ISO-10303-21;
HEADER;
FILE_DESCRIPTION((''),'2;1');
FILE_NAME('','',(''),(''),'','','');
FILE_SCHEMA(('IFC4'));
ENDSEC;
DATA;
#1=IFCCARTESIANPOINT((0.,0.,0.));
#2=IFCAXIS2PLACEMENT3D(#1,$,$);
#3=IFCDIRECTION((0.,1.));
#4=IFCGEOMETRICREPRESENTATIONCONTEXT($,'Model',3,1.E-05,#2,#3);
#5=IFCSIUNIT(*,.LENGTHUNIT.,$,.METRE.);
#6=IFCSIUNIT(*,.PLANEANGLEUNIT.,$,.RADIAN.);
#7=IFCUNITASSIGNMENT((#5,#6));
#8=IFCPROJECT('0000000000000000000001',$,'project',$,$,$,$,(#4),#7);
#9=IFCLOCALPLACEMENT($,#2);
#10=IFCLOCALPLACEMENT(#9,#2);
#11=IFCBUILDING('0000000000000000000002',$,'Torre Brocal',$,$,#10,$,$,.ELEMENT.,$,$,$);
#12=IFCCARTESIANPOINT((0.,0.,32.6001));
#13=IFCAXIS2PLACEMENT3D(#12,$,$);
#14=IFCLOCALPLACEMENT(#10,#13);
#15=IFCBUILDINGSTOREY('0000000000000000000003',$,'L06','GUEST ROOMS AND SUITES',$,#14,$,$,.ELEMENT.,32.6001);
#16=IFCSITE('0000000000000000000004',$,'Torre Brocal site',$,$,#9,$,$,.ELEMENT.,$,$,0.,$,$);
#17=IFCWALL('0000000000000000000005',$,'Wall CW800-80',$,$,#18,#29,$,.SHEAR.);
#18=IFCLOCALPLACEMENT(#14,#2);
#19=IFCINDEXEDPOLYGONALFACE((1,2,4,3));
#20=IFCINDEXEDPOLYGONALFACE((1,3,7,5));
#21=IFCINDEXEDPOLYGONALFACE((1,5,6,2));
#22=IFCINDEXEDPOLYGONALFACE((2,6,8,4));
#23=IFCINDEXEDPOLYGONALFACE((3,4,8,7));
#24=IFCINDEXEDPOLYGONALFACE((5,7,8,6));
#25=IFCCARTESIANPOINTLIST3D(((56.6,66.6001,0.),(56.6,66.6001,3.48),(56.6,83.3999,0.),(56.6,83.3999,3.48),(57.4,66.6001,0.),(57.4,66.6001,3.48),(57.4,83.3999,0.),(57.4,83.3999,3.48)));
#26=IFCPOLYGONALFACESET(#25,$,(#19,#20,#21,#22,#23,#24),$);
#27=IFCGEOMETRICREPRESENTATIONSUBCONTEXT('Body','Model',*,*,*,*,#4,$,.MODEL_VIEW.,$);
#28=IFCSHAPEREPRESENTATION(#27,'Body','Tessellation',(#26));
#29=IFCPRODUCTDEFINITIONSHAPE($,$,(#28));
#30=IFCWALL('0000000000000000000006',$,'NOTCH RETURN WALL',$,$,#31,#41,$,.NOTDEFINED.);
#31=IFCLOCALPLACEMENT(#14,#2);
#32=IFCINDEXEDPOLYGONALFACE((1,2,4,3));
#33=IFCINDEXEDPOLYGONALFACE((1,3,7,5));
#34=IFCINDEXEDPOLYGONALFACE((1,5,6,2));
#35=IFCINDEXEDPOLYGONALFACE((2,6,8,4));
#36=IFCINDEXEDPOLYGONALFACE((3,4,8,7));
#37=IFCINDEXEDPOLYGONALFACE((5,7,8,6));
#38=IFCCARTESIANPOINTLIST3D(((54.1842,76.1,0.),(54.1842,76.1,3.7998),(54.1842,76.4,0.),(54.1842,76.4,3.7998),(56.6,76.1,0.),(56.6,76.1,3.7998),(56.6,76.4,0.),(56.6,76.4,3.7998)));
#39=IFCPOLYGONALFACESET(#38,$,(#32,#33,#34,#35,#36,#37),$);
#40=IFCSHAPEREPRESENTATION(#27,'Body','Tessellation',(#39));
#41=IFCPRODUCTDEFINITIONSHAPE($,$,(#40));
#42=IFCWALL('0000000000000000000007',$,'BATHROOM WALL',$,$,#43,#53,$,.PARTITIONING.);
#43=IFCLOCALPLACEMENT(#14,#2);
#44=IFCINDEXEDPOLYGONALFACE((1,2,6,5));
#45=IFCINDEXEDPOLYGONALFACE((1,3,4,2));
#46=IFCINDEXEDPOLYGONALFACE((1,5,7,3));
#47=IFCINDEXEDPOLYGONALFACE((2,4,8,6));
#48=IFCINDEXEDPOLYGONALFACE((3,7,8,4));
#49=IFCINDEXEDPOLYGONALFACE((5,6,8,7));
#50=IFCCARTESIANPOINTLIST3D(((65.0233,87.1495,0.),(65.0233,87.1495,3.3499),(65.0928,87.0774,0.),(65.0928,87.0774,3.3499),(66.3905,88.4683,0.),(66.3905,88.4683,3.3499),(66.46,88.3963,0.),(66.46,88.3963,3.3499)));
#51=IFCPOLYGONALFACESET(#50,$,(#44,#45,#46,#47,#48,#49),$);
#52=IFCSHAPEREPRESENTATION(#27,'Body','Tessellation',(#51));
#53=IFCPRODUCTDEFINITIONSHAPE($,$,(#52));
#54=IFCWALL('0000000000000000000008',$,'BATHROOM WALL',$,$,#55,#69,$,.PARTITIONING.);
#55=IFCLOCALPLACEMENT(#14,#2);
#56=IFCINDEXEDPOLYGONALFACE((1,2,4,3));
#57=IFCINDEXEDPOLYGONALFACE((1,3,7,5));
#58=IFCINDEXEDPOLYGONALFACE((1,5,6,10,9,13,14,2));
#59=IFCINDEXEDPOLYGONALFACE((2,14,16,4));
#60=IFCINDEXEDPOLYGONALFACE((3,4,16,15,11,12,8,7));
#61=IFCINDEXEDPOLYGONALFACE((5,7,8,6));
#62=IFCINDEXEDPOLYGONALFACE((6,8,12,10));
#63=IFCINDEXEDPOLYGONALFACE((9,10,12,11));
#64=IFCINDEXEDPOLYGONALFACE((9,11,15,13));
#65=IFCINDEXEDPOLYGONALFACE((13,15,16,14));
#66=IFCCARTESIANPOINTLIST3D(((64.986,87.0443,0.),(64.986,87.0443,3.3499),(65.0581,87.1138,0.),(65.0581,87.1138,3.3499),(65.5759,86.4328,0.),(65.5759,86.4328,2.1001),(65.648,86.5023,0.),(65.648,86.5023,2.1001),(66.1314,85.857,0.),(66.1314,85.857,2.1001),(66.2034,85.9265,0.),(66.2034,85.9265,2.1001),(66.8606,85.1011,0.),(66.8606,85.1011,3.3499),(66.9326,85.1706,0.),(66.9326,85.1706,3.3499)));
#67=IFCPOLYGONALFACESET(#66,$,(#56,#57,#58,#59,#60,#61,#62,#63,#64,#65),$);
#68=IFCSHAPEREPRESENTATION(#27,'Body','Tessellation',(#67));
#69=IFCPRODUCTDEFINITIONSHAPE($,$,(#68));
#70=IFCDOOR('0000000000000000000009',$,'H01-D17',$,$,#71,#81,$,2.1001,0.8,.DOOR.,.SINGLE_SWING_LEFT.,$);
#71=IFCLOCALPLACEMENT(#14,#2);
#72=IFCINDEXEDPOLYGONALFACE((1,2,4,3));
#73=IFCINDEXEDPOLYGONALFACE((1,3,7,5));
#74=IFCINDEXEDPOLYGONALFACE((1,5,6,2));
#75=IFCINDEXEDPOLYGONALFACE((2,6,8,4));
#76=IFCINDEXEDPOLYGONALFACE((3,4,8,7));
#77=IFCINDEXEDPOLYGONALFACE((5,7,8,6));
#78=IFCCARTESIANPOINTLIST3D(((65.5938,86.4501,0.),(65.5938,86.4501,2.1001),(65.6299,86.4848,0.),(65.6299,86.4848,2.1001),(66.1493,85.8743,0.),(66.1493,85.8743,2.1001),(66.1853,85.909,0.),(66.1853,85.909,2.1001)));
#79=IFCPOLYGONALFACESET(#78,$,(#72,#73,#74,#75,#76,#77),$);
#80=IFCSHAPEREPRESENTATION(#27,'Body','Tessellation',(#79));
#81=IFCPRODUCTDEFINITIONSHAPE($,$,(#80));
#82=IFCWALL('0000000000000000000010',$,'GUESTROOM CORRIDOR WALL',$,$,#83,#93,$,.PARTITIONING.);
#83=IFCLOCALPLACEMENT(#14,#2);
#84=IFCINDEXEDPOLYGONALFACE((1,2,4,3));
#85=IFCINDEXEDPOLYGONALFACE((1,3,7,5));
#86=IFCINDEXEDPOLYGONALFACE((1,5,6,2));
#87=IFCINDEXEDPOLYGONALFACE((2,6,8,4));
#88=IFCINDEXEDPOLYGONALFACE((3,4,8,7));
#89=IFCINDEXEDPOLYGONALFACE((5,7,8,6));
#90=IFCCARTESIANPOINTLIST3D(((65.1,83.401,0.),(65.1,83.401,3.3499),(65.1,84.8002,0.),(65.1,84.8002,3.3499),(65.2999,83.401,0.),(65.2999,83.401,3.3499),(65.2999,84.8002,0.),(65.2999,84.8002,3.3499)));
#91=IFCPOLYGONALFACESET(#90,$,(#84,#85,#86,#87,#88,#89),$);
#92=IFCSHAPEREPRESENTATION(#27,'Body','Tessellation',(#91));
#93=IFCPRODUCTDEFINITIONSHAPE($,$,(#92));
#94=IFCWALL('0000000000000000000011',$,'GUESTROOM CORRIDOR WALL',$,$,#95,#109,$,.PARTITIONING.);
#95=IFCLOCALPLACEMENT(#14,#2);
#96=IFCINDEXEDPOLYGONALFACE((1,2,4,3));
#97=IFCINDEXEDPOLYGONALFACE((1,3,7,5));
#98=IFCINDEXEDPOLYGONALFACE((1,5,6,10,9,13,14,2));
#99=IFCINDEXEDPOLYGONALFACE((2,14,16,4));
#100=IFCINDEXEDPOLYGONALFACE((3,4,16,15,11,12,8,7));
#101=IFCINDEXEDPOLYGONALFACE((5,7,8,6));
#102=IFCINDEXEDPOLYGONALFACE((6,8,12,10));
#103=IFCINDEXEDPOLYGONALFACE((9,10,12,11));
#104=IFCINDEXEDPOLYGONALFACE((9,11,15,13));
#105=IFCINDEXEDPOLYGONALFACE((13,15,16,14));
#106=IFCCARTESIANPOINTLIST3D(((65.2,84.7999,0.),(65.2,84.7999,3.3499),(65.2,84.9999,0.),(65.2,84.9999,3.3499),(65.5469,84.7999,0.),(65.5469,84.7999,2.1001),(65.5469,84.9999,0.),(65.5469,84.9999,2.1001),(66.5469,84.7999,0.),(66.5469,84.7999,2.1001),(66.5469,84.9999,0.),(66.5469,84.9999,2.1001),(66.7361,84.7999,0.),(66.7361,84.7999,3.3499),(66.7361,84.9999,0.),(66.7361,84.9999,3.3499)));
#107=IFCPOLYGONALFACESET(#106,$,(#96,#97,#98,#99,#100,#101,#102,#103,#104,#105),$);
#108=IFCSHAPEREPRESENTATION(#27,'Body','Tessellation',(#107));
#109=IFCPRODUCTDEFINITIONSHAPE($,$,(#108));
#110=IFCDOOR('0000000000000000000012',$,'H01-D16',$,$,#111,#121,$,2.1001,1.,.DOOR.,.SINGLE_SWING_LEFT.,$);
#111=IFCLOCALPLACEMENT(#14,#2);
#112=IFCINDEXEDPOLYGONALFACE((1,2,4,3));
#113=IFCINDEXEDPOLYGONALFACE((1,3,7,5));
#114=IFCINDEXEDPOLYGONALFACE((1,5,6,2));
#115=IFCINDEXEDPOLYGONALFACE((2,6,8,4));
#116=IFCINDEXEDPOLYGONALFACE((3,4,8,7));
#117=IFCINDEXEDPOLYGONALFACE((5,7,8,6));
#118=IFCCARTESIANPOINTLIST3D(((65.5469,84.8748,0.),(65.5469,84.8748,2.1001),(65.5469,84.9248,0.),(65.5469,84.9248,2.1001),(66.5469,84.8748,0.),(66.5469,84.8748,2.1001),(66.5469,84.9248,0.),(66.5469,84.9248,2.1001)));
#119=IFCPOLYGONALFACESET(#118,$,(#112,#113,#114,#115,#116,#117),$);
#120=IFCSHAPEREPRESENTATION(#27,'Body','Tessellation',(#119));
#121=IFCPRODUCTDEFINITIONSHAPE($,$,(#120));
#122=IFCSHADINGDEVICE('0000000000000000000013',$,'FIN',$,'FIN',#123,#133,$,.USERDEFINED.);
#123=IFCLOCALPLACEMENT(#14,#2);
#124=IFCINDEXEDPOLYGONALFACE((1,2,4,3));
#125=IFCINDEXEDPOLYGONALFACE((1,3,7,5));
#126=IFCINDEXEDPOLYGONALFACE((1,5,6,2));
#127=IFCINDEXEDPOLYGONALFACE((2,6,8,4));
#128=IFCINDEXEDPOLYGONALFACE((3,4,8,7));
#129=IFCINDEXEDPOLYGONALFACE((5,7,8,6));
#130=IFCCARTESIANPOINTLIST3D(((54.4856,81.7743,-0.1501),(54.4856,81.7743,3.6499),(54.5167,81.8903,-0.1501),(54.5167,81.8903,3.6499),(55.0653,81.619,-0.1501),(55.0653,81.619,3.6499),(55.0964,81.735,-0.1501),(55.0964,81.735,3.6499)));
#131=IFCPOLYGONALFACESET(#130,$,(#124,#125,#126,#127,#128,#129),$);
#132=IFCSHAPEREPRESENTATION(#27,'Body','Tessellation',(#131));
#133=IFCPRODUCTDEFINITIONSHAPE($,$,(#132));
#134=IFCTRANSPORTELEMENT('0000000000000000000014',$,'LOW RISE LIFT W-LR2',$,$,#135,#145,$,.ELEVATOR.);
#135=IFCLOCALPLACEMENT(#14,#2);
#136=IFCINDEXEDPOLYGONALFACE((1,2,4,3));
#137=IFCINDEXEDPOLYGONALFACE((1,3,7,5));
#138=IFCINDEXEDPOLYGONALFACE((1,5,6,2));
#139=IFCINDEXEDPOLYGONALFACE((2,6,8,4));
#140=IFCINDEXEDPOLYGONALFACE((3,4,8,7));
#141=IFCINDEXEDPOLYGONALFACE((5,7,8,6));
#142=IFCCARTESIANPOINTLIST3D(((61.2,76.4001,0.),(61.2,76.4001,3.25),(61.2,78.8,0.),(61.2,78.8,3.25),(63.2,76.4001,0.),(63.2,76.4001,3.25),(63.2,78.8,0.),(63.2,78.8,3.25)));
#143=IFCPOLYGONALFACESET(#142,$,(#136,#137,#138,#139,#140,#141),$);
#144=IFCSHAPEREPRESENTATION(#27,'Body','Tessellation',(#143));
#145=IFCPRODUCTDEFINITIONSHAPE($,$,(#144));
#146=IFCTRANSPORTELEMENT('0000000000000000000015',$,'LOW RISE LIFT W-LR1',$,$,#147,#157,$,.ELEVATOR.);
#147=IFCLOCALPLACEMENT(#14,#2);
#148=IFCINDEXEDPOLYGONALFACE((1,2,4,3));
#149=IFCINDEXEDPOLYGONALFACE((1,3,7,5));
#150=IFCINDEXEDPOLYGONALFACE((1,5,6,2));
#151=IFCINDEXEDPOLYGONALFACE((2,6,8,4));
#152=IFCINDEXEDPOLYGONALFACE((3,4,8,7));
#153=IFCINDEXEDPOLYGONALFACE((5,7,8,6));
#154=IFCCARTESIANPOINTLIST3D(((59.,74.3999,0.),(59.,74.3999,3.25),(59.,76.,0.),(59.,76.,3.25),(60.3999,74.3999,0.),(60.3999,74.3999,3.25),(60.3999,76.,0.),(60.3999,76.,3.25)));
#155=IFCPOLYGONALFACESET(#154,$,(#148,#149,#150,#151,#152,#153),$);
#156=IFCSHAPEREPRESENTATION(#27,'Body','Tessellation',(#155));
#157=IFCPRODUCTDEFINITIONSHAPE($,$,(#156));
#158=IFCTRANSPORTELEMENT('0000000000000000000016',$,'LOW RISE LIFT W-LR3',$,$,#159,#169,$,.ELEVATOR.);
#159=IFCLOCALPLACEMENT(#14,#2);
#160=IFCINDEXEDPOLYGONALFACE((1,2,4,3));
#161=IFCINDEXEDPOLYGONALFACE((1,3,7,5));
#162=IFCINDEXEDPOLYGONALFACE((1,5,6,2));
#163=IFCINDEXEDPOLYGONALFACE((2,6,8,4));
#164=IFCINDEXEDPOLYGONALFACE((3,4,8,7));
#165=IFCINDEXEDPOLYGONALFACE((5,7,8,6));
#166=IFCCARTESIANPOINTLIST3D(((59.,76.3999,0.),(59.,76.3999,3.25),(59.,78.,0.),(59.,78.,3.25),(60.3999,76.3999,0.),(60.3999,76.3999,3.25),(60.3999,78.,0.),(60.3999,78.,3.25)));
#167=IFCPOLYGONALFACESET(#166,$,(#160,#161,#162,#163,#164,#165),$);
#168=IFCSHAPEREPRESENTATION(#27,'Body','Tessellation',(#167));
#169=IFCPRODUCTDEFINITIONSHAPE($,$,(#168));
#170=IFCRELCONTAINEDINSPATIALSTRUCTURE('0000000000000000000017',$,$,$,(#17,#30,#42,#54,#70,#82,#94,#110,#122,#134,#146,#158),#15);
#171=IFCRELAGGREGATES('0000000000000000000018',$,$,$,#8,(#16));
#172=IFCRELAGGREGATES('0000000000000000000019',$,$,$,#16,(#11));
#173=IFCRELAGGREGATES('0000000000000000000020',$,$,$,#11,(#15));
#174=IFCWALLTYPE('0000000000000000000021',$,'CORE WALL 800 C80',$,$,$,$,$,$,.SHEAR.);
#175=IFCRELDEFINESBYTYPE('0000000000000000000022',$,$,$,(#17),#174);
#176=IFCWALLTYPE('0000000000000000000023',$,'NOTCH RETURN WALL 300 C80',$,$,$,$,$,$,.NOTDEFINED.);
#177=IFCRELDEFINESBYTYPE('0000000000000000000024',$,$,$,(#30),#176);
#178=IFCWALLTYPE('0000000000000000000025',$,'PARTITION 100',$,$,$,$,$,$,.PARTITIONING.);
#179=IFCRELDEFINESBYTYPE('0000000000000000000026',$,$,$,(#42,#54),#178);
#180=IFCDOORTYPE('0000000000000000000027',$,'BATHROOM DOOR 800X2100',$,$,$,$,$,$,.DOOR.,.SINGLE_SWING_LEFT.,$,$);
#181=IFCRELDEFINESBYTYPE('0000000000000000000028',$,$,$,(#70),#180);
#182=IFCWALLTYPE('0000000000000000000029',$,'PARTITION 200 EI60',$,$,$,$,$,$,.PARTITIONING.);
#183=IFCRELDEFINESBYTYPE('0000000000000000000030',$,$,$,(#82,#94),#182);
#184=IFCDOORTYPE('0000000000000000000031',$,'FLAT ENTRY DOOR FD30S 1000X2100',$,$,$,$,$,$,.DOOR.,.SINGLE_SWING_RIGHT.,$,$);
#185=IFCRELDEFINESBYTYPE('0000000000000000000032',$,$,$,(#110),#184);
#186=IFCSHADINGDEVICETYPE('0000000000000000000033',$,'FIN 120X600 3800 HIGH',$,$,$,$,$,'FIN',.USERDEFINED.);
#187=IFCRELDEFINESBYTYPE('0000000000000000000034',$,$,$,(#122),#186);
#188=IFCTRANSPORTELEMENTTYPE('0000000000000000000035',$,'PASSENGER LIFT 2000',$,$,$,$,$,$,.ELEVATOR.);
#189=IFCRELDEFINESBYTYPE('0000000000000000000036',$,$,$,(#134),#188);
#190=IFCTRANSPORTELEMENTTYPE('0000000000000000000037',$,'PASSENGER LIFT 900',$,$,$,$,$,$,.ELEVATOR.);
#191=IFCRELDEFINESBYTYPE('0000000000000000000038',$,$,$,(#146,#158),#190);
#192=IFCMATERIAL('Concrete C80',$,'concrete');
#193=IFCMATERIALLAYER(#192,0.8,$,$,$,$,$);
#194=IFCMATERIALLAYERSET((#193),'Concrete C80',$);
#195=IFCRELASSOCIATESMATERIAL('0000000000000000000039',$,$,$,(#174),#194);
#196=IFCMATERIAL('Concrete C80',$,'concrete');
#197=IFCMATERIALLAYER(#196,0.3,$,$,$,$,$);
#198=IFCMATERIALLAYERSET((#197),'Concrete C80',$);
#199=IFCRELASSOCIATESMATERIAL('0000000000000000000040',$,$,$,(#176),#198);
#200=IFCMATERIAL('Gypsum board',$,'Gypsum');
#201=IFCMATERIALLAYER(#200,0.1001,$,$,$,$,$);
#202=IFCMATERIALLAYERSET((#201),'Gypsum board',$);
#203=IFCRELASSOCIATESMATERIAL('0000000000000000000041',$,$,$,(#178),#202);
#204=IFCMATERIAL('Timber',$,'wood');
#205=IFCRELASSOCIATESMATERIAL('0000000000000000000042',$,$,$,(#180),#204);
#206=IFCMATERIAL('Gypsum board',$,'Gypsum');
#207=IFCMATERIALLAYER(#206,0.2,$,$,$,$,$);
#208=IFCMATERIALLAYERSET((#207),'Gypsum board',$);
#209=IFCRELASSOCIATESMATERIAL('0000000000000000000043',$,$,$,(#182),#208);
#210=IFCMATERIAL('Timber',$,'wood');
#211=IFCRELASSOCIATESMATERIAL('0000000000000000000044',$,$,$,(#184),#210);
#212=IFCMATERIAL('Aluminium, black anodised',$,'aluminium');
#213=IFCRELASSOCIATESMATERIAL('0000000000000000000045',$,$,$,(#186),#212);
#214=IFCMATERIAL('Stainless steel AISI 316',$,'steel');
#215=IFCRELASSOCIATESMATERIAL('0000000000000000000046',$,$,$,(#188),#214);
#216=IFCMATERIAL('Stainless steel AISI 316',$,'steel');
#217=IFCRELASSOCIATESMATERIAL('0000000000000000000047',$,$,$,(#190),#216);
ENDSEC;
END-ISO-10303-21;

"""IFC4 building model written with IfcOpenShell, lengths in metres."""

from ifc_helpers import new_model, si_unit, direction, frame, frame_2d, origin, origin_2d, place, context, subcontext, project, spatial, rectangle, extrude, material, layer, layer_set, material_profile, profile_set, type_object, element, fill, save


model = new_model("IFC4")

# Units and contexts
model_context = context("Model", 3, precision=1e-05, world=origin(), true_north=direction((0.0, 1.0)))
body_context = subcontext(model_context, "Body", "Model", "MODEL_VIEW")
ifc_project = project(units=[si_unit("LENGTHUNIT", "METRE"), si_unit("PLANEANGLEUNIT", "RADIAN")], contexts=[model_context])

# Site, building, storey
site_placement = place(None, origin())
site = spatial("IfcSite", under=ifc_project, at=site_placement, Name="Torre Brocal site", CompositionType="ELEMENT", RefElevation=0.0)
building_placement = place(site_placement, origin())
building = spatial("IfcBuilding", under=site, at=building_placement, Name="Torre Brocal", CompositionType="ELEMENT")
storey_placement = place(building_placement, frame((0.0, 0.0, 32.6001)))
storey = spatial("IfcBuildingStorey", under=building, at=storey_placement, Name="L06", Description="GUEST ROOMS AND SUITES", CompositionType="ELEMENT", Elevation=32.6001)

# Walls
ifc_material_1 = material(Name="Concrete C80", Category="concrete")
ifc_layer_1 = layer(ifc_material_1, 0.8)
ifc_layer_set_1 = layer_set([ifc_layer_1], Name="Concrete C80")
wall_type_1 = type_object("IfcWallType", Name="CORE WALL 800 C80", PredefinedType="SHEAR", material=ifc_layer_set_1)
wall_1_placement = place(storey_placement, frame((57.0, 83.3999, 0.0), z_axis=(0.0, 0.0, 1.0), x_axis=(0.0, -1.0, 0.0)))
element("IfcWall", 1, at=wall_1_placement, inside=storey, type_object=wall_type_1, Name="Wall CW800-80", PredefinedType="SHEAR", context=body_context, shape_type="SweptSolid", body=[
    extrude(rectangle(XDim=16.7998, YDim=0.8, at=frame_2d((8.3999, 0.0))), origin(), (0.0, 0.0, 1.0), 3.48),
])
ifc_material_2 = material(Name="Concrete C80", Category="concrete")
ifc_layer_2 = layer(ifc_material_2, 0.3)
ifc_layer_set_2 = layer_set([ifc_layer_2], Name="Concrete C80")
wall_type_2 = type_object("IfcWallType", Name="NOTCH RETURN WALL 300 C80", PredefinedType="NOTDEFINED", material=ifc_layer_set_2)
wall_2_placement = place(storey_placement, frame((56.6001, 76.25, 0.0), z_axis=(0.0, 0.0, 1.0), x_axis=(-1.0, 0.0, 0.0)))
element("IfcWall", 2, at=wall_2_placement, inside=storey, type_object=wall_type_2, Name="NOTCH RETURN WALL", PredefinedType="NOTDEFINED", context=body_context, shape_type="SweptSolid", body=[
    extrude(rectangle(XDim=2.4158, YDim=0.3, at=frame_2d((1.208, 0.0))), origin(), (0.0, 0.0, 1.0), 3.7998),
])
ifc_material_3 = material(Name="Gypsum board", Category="Gypsum")
ifc_layer_3 = layer(ifc_material_3, 0.1001)
ifc_layer_set_3 = layer_set([ifc_layer_3], Name="Gypsum board")
wall_type_3 = type_object("IfcWallType", Name="PARTITION 100", PredefinedType="PARTITIONING", material=ifc_layer_set_3)
wall_3_placement = place(storey_placement, frame((65.0581, 87.1135, 0.0), z_axis=(0.0, 0.0, 1.0), x_axis=(0.719716, 0.694269, 0.0)))
element("IfcWall", 3, at=wall_3_placement, inside=storey, type_object=wall_type_3, Name="BATHROOM WALL", PredefinedType="PARTITIONING", context=body_context, shape_type="SweptSolid", body=[
    extrude(rectangle(XDim=1.8997, YDim=0.1001, at=frame_2d((0.9497, 0.0))), origin(), (0.0, 0.0, 1.0), 3.3499),
])

# Wall, opening, door
wall_4_placement = place(storey_placement, frame((65.022, 87.0791, 0.0), z_axis=(0.0, 0.0, 1.0), x_axis=(0.694288, -0.719697, 0.0)))
wall_4 = element("IfcWall", 4, at=wall_4_placement, inside=storey, type_object=wall_type_3, Name="BATHROOM WALL", PredefinedType="PARTITIONING", context=body_context, shape_type="SweptSolid", body=[
    extrude(rectangle(XDim=2.7, YDim=0.1001, at=frame_2d((1.3501, 0.0))), origin(), (0.0, 0.0, 1.0), 3.3499),
])
opening_1_placement = place(wall_4_placement, frame((0.8499, 0.0, 0.0)))
opening_1 = element("IfcOpeningElement", 5, at=opening_1_placement, cuts=wall_4, PredefinedType="OPENING", context=body_context, shape_type="SweptSolid", body=[
    extrude(rectangle(XDim=0.8, YDim=2.1001, at=frame_2d((0.3999, 1.05))), frame((0.0, 0.0601, 0.0), z_axis=(0.0, -1.0, 0.0), x_axis=(1.0, 0.0, 0.0)), (0.0, 0.0, 1.0), 0.1201),
])
ifc_material_4 = material(Name="Timber", Category="wood")
door_type_1 = type_object("IfcDoorType", Name="BATHROOM DOOR 800X2100", OperationType="SINGLE_SWING_LEFT", PredefinedType="DOOR", material=ifc_material_4)
door_1_placement = place(opening_1_placement, origin())
door_1 = element("IfcDoor", 6, at=door_1_placement, inside=storey, type_object=door_type_1, Name="H01-D17", OperationType="SINGLE_SWING_LEFT", OverallHeight=2.1001, OverallWidth=0.8, PredefinedType="DOOR", context=body_context, shape_type="SweptSolid", body=[
    extrude(rectangle(XDim=0.8, YDim=2.1001, at=frame_2d((0.3999, 1.05))), frame((0.0, 0.0249, 0.0), z_axis=(0.0, -1.0, 0.0), x_axis=(1.0, 0.0, 0.0)), (0.0, 0.0, 1.0), 0.05),
])
fill(opening_1, door_1)

# Wall
ifc_material_5 = material(Name="Gypsum board", Category="Gypsum")
ifc_layer_4 = layer(ifc_material_5, 0.2)
ifc_layer_set_4 = layer_set([ifc_layer_4], Name="Gypsum board")
wall_type_4 = type_object("IfcWallType", Name="PARTITION 200 EI60", PredefinedType="PARTITIONING", material=ifc_layer_set_4)
wall_5_placement = place(storey_placement, frame((65.2, 83.4009, 0.0), z_axis=(0.0, 0.0, 1.0), x_axis=(0.0, 1.0, 0.0)))
element("IfcWall", 7, at=wall_5_placement, inside=storey, type_object=wall_type_4, Name="GUESTROOM CORRIDOR WALL", PredefinedType="PARTITIONING", context=body_context, shape_type="SweptSolid", body=[
    extrude(rectangle(XDim=1.3992, YDim=0.2, at=frame_2d((0.6997, 0.0))), origin(), (0.0, 0.0, 1.0), 3.3499),
])

# Wall, opening, door
wall_6_placement = place(storey_placement, frame((65.2, 84.8999, 0.0), z_axis=(0.0, 0.0, 1.0), x_axis=(1.0, 0.0, 0.0)))
wall_6 = element("IfcWall", 8, at=wall_6_placement, inside=storey, type_object=wall_type_4, Name="GUESTROOM CORRIDOR WALL", PredefinedType="PARTITIONING", context=body_context, shape_type="SweptSolid", body=[
    extrude(rectangle(XDim=1.5361, YDim=0.2, at=frame_2d((0.7681, 0.0))), origin(), (0.0, 0.0, 1.0), 3.3499),
])
opening_2_placement = place(wall_6_placement, frame((0.3469, 0.0, 0.0)))
opening_2 = element("IfcOpeningElement", 9, at=opening_2_placement, cuts=wall_6, PredefinedType="OPENING", context=body_context, shape_type="SweptSolid", body=[
    extrude(rectangle(XDim=1.0, YDim=2.1001, at=frame_2d((0.5, 1.05))), frame((0.0, 0.1099, 0.0), z_axis=(0.0, -1.0, 0.0), x_axis=(1.0, 0.0, 0.0)), (0.0, 0.0, 1.0), 0.22),
])
ifc_material_6 = material(Name="Timber", Category="wood")
door_type_2 = type_object("IfcDoorType", Name="FLAT ENTRY DOOR FD30S 1000X2100", OperationType="SINGLE_SWING_RIGHT", PredefinedType="DOOR", material=ifc_material_6)
door_2_placement = place(opening_2_placement, origin())
door_2 = element("IfcDoor", 10, at=door_2_placement, inside=storey, type_object=door_type_2, Name="H01-D16", OperationType="SINGLE_SWING_LEFT", OverallHeight=2.1001, OverallWidth=1.0, PredefinedType="DOOR", context=body_context, shape_type="SweptSolid", body=[
    extrude(rectangle(XDim=1.0, YDim=2.1001, at=frame_2d((0.5, 1.05))), frame((0.0, 0.0249, 0.0), z_axis=(0.0, -1.0, 0.0), x_axis=(1.0, 0.0, 0.0)), (0.0, 0.0, 1.0), 0.05),
])
fill(opening_2, door_2)

# Shading device
ifc_material_7 = material(Name="Aluminium, black anodised", Category="aluminium")
ifc_material_profile_1 = material_profile(ifc_material_7, rectangle(XDim=0.1201, YDim=0.6001, at=origin_2d()), Name="FIN 120X600 3800 HIGH")
ifc_profile_set_1 = profile_set([ifc_material_profile_1], Name="Aluminium, black anodised")
shading_device_type = type_object("IfcShadingDeviceType", Name="FIN 120X600 3800 HIGH", ElementType="FIN", PredefinedType="USERDEFINED", material=ifc_profile_set_1)
shading_device_placement = place(storey_placement, frame((54.791, 81.7546, -0.1501), z_axis=(0.0, 0.0, 1.0), x_axis=(-0.258819, -0.965926, 0.0)))
element("IfcShadingDevice", 11, at=shading_device_placement, inside=storey, type_object=shading_device_type, Name="FIN", ObjectType="FIN", PredefinedType="USERDEFINED", context=body_context, shape_type="SweptSolid", body=[
    extrude(rectangle(XDim=0.1201, YDim=0.6001, at=origin_2d()), origin(), (0.0, 0.0, 1.0), 3.8),
])

# Transport elements
ifc_material_8 = material(Name="Stainless steel AISI 316", Category="steel")
transport_element_type_1 = type_object("IfcTransportElementType", Name="PASSENGER LIFT 2000", PredefinedType="ELEVATOR", material=ifc_material_8)
transport_element_placement = place(storey_placement, frame((62.2, 77.6001, 0.0), z_axis=(0.0, 0.0, 1.0), x_axis=(1.0, 0.0, 0.0)))
element("IfcTransportElement", 12, at=transport_element_placement, inside=storey, type_object=transport_element_type_1, Name="LOW RISE LIFT W-LR2", PredefinedType="ELEVATOR", context=body_context, shape_type="SweptSolid", body=[
    extrude(rectangle(XDim=2.0, YDim=2.3999, at=origin_2d()), origin(), (0.0, 0.0, 1.0), 3.25),
])
ifc_material_9 = material(Name="Stainless steel AISI 316", Category="steel")
transport_element_type_2 = type_object("IfcTransportElementType", Name="PASSENGER LIFT 900", PredefinedType="ELEVATOR", material=ifc_material_9)
for number, where, z_axis, x_axis, name in (
    (13, (59.7, 75.2, 0.0), (0.0, 0.0, 1.0), (1.0, 0.0, 0.0), "LOW RISE LIFT W-LR1"),
    (14, (59.7, 77.2, 0.0), (0.0, 0.0, 1.0), (1.0, 0.0, 0.0), "LOW RISE LIFT W-LR3"),
):
    element("IfcTransportElement", number, at=place(storey_placement, frame(where, z_axis=z_axis, x_axis=x_axis)), inside=storey, type_object=transport_element_type_2, Name=name, PredefinedType="ELEVATOR", context=body_context, shape_type="SweptSolid", body=[
        extrude(rectangle(XDim=1.3999, YDim=1.6001, at=origin_2d()), origin(), (0.0, 0.0, 1.0), 3.25),
    ])

save(model, "model.ifc")
